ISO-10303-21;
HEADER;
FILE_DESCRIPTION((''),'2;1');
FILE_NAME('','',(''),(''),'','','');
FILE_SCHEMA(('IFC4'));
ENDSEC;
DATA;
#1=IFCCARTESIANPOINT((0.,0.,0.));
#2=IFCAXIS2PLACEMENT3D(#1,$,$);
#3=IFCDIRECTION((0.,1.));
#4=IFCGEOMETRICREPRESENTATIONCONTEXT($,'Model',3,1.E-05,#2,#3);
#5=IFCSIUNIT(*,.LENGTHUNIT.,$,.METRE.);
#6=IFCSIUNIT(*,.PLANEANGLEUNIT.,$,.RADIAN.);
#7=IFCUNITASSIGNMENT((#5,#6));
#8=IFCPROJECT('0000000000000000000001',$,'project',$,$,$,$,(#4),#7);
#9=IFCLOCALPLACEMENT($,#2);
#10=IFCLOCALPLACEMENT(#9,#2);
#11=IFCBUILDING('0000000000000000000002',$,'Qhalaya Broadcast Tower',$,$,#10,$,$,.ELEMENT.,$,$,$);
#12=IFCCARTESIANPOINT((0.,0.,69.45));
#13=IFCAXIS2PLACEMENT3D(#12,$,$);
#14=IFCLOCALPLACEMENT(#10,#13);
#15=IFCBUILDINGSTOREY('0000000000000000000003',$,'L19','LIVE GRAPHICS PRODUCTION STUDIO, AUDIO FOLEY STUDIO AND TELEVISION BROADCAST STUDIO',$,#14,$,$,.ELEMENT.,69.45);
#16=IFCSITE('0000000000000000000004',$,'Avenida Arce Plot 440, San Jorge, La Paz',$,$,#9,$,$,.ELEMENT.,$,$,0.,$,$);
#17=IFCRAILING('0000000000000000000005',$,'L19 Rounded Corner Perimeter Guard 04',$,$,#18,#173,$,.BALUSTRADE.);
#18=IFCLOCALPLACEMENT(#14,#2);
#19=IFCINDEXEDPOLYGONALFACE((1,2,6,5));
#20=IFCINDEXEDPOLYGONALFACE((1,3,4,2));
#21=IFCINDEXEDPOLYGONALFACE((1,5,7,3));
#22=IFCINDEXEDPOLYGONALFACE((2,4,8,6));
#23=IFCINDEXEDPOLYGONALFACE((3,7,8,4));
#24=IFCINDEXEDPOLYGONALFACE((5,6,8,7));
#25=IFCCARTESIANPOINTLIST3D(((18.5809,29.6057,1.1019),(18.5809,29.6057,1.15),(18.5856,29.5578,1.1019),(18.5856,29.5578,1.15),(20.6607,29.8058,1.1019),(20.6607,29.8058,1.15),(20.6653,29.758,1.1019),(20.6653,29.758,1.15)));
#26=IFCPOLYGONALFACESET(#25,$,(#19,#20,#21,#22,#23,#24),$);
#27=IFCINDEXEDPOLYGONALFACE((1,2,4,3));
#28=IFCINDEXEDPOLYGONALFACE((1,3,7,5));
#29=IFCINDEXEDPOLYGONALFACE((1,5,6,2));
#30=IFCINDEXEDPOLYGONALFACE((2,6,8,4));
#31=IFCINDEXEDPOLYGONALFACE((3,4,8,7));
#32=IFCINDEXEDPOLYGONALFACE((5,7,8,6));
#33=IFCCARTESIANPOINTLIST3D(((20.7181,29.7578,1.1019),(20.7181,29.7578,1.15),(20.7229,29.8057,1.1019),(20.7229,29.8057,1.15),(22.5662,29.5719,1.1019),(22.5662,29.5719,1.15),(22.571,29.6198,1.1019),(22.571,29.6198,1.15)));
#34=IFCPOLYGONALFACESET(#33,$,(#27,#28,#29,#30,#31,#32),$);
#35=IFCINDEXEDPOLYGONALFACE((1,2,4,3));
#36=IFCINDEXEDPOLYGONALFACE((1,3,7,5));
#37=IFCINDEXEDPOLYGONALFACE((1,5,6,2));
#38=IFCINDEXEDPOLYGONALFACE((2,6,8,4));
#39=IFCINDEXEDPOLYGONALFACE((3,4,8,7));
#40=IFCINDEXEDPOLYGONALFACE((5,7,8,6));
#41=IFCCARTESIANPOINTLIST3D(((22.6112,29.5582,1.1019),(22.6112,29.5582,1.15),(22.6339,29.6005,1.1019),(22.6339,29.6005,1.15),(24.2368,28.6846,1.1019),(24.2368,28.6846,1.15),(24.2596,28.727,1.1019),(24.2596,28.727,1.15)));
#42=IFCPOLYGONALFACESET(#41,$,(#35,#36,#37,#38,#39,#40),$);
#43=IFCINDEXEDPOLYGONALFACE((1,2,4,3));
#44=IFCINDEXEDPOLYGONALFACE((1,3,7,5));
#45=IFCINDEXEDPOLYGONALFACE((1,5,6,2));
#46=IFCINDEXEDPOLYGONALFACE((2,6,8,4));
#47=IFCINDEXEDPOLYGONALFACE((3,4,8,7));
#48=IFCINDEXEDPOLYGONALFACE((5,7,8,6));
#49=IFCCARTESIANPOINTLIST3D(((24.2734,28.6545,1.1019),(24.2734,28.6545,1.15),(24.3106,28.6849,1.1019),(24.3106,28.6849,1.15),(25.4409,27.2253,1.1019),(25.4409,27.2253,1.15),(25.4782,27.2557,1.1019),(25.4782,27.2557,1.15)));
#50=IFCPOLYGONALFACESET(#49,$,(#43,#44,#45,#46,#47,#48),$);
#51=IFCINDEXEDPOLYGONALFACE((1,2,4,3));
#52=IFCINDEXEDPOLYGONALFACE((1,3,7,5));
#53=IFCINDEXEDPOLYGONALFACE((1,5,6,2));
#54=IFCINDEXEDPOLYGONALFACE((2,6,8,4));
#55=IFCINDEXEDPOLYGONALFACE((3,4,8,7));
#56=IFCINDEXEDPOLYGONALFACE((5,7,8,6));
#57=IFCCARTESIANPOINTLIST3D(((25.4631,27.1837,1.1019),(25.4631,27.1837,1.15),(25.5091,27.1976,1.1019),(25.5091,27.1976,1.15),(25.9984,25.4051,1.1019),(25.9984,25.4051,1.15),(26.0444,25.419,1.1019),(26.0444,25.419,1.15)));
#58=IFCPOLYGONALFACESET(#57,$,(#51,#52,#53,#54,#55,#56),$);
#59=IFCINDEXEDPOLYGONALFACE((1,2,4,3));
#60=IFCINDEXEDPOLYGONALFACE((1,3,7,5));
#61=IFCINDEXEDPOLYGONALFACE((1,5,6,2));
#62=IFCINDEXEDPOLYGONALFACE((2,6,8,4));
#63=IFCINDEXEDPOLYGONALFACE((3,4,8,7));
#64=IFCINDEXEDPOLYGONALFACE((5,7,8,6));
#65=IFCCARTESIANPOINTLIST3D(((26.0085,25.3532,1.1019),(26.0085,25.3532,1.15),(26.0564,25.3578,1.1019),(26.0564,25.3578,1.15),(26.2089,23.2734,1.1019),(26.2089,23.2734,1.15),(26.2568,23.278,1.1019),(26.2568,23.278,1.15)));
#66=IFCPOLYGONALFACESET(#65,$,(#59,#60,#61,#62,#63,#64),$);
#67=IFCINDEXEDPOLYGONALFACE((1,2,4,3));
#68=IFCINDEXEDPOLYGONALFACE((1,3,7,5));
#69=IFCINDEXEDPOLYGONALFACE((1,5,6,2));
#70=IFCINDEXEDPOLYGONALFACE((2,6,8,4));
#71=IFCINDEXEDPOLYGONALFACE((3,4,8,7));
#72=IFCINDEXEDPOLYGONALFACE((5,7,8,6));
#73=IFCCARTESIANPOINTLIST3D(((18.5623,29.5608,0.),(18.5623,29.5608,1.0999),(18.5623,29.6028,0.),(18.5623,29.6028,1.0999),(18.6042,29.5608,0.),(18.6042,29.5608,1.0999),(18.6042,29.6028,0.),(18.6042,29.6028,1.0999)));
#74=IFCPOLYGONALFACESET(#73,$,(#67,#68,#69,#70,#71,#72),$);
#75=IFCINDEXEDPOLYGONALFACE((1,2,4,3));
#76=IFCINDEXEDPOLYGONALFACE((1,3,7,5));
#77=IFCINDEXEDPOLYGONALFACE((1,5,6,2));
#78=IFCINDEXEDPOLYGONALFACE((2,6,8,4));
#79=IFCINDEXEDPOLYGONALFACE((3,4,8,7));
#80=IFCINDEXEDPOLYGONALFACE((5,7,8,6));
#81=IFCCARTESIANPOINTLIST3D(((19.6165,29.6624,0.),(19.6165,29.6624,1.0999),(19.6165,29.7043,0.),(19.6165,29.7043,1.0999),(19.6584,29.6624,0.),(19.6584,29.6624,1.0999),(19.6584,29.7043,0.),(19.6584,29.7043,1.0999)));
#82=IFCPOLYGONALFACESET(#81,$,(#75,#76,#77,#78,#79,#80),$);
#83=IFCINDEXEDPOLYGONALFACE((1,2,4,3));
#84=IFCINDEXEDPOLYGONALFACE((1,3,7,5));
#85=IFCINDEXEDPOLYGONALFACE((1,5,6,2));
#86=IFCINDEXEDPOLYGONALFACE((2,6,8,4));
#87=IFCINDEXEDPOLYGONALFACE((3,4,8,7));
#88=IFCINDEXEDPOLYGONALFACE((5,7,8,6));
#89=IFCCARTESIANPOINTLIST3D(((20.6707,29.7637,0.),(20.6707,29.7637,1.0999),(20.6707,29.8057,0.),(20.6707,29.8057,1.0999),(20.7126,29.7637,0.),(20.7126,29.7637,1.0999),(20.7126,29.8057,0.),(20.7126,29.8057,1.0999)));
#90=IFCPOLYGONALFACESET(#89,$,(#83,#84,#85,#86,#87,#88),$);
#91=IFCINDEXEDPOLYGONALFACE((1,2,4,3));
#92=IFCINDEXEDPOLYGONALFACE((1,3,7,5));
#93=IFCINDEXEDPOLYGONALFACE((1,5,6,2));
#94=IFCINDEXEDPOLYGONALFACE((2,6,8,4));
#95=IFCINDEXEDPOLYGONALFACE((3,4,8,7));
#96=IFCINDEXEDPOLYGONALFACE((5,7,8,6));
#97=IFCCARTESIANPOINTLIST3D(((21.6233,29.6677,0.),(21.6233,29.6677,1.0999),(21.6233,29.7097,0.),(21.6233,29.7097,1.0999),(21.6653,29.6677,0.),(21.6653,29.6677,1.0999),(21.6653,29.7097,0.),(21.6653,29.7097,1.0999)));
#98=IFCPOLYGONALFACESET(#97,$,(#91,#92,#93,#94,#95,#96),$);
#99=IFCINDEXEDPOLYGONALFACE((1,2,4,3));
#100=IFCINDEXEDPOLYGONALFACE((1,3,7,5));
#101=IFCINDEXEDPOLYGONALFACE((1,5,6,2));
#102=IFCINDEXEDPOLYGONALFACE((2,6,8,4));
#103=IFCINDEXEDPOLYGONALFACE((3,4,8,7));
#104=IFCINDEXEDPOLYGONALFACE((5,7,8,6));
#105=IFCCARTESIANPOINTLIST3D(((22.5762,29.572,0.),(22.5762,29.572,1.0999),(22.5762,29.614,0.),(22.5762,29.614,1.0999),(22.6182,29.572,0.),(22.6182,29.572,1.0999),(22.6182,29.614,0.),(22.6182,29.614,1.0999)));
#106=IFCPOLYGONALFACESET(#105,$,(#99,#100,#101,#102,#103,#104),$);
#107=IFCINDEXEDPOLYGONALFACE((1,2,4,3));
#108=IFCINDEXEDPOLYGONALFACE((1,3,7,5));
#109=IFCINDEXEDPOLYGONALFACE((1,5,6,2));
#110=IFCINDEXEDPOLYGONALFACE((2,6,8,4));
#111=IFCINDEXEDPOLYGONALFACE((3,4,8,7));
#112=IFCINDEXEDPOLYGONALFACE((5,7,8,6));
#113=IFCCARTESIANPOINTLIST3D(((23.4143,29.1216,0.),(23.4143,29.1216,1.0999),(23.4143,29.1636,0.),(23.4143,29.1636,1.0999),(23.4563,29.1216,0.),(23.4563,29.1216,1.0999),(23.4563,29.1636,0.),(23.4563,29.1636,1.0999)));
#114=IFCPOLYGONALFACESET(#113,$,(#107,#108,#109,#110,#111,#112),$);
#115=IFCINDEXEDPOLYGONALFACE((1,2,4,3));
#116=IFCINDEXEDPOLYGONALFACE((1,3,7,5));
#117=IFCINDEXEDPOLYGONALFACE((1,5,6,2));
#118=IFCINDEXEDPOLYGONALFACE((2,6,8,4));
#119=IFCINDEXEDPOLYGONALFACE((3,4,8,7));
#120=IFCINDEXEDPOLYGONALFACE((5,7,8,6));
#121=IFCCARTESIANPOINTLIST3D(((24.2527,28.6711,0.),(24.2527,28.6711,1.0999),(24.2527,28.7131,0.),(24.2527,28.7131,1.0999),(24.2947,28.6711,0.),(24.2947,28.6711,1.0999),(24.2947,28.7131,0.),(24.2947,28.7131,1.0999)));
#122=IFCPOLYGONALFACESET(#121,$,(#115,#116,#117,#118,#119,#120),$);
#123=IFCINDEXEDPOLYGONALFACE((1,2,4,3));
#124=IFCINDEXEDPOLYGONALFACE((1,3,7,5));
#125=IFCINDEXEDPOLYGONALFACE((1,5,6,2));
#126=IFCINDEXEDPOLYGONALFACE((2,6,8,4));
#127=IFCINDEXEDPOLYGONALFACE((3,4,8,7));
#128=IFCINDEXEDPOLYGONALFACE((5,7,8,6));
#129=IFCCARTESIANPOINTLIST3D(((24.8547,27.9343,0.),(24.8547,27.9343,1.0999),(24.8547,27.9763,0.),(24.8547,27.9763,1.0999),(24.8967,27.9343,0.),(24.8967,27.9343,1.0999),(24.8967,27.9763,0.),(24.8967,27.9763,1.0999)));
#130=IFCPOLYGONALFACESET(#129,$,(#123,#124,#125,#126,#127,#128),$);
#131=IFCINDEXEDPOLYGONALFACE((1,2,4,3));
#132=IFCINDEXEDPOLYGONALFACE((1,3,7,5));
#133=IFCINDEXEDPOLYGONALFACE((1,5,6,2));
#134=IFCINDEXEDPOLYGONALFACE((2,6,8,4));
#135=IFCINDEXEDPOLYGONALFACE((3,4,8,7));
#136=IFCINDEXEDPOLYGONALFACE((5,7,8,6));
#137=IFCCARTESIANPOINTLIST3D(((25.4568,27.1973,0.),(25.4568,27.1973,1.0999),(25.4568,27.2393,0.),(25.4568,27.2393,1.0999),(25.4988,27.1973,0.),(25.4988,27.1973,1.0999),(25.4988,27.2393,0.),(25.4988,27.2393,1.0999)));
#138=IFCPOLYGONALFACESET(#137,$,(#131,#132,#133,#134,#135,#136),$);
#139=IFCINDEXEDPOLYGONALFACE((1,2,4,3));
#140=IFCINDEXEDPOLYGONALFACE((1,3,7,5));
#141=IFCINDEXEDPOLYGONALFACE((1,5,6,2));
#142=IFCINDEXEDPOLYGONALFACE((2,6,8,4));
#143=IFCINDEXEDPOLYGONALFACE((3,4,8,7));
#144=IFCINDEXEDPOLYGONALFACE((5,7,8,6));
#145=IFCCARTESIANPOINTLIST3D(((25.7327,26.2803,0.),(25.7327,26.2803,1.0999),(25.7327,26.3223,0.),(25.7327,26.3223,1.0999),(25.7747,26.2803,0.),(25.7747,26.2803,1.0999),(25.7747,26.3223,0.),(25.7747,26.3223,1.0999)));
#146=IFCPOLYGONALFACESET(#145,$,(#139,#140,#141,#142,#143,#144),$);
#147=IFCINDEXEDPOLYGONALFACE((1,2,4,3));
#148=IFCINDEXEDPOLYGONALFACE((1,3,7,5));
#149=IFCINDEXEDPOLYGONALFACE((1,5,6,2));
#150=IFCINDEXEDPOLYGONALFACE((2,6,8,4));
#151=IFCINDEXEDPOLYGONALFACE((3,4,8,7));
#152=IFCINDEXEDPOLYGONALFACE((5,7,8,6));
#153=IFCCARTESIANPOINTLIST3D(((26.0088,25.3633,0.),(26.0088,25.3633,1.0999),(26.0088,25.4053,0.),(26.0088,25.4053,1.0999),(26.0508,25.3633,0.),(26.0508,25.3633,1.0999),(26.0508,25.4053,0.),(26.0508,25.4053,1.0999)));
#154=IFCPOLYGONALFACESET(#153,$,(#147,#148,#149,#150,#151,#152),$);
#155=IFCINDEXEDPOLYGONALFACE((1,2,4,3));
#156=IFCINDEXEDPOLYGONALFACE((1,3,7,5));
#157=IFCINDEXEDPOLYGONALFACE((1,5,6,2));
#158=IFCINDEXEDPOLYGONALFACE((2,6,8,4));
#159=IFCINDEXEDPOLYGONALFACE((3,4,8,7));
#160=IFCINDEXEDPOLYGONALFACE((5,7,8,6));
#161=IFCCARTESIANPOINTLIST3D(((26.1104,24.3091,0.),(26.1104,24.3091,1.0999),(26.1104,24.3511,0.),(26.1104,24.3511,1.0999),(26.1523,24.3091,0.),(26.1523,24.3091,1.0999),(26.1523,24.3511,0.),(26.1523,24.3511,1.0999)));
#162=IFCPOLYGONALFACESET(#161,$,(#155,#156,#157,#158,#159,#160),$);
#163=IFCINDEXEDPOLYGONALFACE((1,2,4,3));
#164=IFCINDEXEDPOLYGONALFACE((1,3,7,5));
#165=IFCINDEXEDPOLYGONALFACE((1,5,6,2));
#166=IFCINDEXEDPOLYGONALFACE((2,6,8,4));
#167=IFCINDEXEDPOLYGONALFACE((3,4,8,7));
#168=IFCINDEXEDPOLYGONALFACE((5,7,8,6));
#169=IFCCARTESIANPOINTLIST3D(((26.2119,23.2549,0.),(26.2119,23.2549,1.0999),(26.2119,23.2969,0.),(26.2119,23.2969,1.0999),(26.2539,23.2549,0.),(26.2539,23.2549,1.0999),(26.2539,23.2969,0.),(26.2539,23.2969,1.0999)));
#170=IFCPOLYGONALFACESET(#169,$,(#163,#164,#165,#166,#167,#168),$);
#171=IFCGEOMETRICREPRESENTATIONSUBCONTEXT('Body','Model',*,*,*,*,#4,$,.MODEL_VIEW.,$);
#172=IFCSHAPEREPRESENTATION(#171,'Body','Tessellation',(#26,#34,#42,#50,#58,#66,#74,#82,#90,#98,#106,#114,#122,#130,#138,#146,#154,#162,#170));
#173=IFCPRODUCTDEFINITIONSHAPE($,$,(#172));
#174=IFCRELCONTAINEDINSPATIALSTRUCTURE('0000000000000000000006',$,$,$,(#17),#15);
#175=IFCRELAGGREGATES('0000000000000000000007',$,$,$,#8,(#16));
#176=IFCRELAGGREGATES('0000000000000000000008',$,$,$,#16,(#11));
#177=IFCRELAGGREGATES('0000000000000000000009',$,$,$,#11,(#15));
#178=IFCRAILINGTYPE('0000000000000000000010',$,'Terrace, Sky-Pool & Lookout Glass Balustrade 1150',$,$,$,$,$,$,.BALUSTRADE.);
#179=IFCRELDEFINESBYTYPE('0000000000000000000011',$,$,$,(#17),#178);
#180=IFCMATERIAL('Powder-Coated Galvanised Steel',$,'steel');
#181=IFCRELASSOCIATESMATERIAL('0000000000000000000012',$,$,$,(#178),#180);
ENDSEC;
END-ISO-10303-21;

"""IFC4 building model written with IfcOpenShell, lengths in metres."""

from ifc_helpers import new_model, si_unit, direction, frame, origin, origin_2d, place, context, subcontext, project, spatial, rectangle, extrude, material, type_object, element, save


model = new_model("IFC4")

# Units and contexts
model_context = context("Model", 3, precision=1e-05, world=origin(), true_north=direction((0.0, 1.0)))
body_context = subcontext(model_context, "Body", "Model", "MODEL_VIEW")
ifc_project = project(units=[si_unit("LENGTHUNIT", "METRE"), si_unit("PLANEANGLEUNIT", "RADIAN")], contexts=[model_context])

# Site, building, storey
site_placement = place(None, origin())
site = spatial("IfcSite", under=ifc_project, at=site_placement, Name="Avenida Arce Plot 440, San Jorge, La Paz", CompositionType="ELEMENT", RefElevation=0.0)
building_placement = place(site_placement, origin())
building = spatial("IfcBuilding", under=site, at=building_placement, Name="Qhalaya Broadcast Tower", CompositionType="ELEMENT")
storey_placement = place(building_placement, frame((0.0, 0.0, 69.45)))
storey = spatial("IfcBuildingStorey", under=building, at=storey_placement, Name="L19", Description="LIVE GRAPHICS PRODUCTION STUDIO, AUDIO FOLEY STUDIO AND TELEVISION BROADCAST STUDIO", CompositionType="ELEMENT", Elevation=69.45)

# Railing
ifc_material_1 = material(Name="Powder-Coated Galvanised Steel", Category="steel")
railing_type = type_object("IfcRailingType", Name="Terrace, Sky-Pool & Lookout Glass Balustrade 1150", PredefinedType="BALUSTRADE", material=ifc_material_1)
railing_placement = place(storey_placement, frame((18.5833, 29.5818, 0.0)))
element("IfcRailing", 1, at=railing_placement, inside=storey, type_object=railing_type, Name="L19 Rounded Corner Perimeter Guard 04", PredefinedType="BALUSTRADE", context=body_context, shape_type="SweptSolid", body=[
    extrude(rectangle(XDim=0.0481, YDim=0.0481, at=origin_2d()), frame((0.0, 0.0, 1.126), z_axis=(0.995402, 0.095783, 0.0), x_axis=(-0.095783, 0.995402, 0.0)), (0.0, 0.0, 1.0), 2.0894),
    extrude(rectangle(XDim=0.0481, YDim=0.0481, at=origin_2d()), frame((2.1372, 0.2, 1.126), z_axis=(0.99498, -0.100072, 0.0), x_axis=(0.100072, 0.99498, 0.0)), (0.0, 0.0, 1.0), 1.8574),
    extrude(rectangle(XDim=0.0481, YDim=0.0481, at=origin_2d()), frame((4.0393, -0.0024, 1.126), z_axis=(0.880879, -0.473342, 0.0), x_axis=(0.473342, 0.880879, 0.0)), (0.0, 0.0, 1.0), 1.8455),
    extrude(rectangle(XDim=0.0481, YDim=0.0481, at=origin_2d()), frame((5.7087, -0.9121, 1.126), z_axis=(0.632672, -0.77442, 0.0), x_axis=(0.77442, 0.632672, 0.0)), (0.0, 0.0, 1.0), 1.8455),
    extrude(rectangle(XDim=0.0481, YDim=0.0481, at=origin_2d()), frame((6.9028, -2.3911, 1.126), z_axis=(0.288213, -0.957566, 0.0), x_axis=(0.957566, 0.288213, 0.0)), (0.0, 0.0, 1.0), 1.8574),
    extrude(rectangle(XDim=0.0481, YDim=0.0481, at=origin_2d()), frame((7.4492, -4.2263, 1.126), z_axis=(0.095897, -0.995391, 0.0), x_axis=(0.995391, 0.095897, 0.0)), (0.0, 0.0, 1.0), 2.0894),
    extrude(rectangle(XDim=0.042, YDim=0.042, at=origin_2d()), origin(), (0.0, 0.0, 1.0), 1.0999),
    extrude(rectangle(XDim=0.042, YDim=0.042, at=origin_2d()), frame((1.0542, 0.1016, 0.0)), (0.0, 0.0, 1.0), 1.0999),
    extrude(rectangle(XDim=0.042, YDim=0.042, at=origin_2d()), frame((2.1084, 0.2029, 0.0)), (0.0, 0.0, 1.0), 1.0999),
    extrude(rectangle(XDim=0.042, YDim=0.042, at=origin_2d()), frame((3.061, 0.1069, 0.0)), (0.0, 0.0, 1.0), 1.0999),
    extrude(rectangle(XDim=0.042, YDim=0.042, at=origin_2d()), frame((4.0139, 0.0112, 0.0)), (0.0, 0.0, 1.0), 1.0999),
    extrude(rectangle(XDim=0.042, YDim=0.042, at=origin_2d()), frame((4.8521, -0.4392, 0.0)), (0.0, 0.0, 1.0), 1.0999),
    extrude(rectangle(XDim=0.042, YDim=0.042, at=origin_2d()), frame((5.6904, -0.8896, 0.0)), (0.0, 0.0, 1.0), 1.0999),
    extrude(rectangle(XDim=0.042, YDim=0.042, at=origin_2d()), frame((6.2925, -1.6265, 0.0)), (0.0, 0.0, 1.0), 1.0999),
    extrude(rectangle(XDim=0.042, YDim=0.042, at=origin_2d()), frame((6.8945, -2.3635, 0.0)), (0.0, 0.0, 1.0), 1.0999),
    extrude(rectangle(XDim=0.042, YDim=0.042, at=origin_2d()), frame((7.1704, -3.2805, 0.0)), (0.0, 0.0, 1.0), 1.0999),
    extrude(rectangle(XDim=0.042, YDim=0.042, at=origin_2d()), frame((7.4465, -4.1975, 0.0)), (0.0, 0.0, 1.0), 1.0999),
    extrude(rectangle(XDim=0.042, YDim=0.042, at=origin_2d()), frame((7.5481, -5.2517, 0.0)), (0.0, 0.0, 1.0), 1.0999),
    extrude(rectangle(XDim=0.042, YDim=0.042, at=origin_2d()), frame((7.6497, -6.3059, 0.0)), (0.0, 0.0, 1.0), 1.0999),
])

save(model, "model.ifc")
